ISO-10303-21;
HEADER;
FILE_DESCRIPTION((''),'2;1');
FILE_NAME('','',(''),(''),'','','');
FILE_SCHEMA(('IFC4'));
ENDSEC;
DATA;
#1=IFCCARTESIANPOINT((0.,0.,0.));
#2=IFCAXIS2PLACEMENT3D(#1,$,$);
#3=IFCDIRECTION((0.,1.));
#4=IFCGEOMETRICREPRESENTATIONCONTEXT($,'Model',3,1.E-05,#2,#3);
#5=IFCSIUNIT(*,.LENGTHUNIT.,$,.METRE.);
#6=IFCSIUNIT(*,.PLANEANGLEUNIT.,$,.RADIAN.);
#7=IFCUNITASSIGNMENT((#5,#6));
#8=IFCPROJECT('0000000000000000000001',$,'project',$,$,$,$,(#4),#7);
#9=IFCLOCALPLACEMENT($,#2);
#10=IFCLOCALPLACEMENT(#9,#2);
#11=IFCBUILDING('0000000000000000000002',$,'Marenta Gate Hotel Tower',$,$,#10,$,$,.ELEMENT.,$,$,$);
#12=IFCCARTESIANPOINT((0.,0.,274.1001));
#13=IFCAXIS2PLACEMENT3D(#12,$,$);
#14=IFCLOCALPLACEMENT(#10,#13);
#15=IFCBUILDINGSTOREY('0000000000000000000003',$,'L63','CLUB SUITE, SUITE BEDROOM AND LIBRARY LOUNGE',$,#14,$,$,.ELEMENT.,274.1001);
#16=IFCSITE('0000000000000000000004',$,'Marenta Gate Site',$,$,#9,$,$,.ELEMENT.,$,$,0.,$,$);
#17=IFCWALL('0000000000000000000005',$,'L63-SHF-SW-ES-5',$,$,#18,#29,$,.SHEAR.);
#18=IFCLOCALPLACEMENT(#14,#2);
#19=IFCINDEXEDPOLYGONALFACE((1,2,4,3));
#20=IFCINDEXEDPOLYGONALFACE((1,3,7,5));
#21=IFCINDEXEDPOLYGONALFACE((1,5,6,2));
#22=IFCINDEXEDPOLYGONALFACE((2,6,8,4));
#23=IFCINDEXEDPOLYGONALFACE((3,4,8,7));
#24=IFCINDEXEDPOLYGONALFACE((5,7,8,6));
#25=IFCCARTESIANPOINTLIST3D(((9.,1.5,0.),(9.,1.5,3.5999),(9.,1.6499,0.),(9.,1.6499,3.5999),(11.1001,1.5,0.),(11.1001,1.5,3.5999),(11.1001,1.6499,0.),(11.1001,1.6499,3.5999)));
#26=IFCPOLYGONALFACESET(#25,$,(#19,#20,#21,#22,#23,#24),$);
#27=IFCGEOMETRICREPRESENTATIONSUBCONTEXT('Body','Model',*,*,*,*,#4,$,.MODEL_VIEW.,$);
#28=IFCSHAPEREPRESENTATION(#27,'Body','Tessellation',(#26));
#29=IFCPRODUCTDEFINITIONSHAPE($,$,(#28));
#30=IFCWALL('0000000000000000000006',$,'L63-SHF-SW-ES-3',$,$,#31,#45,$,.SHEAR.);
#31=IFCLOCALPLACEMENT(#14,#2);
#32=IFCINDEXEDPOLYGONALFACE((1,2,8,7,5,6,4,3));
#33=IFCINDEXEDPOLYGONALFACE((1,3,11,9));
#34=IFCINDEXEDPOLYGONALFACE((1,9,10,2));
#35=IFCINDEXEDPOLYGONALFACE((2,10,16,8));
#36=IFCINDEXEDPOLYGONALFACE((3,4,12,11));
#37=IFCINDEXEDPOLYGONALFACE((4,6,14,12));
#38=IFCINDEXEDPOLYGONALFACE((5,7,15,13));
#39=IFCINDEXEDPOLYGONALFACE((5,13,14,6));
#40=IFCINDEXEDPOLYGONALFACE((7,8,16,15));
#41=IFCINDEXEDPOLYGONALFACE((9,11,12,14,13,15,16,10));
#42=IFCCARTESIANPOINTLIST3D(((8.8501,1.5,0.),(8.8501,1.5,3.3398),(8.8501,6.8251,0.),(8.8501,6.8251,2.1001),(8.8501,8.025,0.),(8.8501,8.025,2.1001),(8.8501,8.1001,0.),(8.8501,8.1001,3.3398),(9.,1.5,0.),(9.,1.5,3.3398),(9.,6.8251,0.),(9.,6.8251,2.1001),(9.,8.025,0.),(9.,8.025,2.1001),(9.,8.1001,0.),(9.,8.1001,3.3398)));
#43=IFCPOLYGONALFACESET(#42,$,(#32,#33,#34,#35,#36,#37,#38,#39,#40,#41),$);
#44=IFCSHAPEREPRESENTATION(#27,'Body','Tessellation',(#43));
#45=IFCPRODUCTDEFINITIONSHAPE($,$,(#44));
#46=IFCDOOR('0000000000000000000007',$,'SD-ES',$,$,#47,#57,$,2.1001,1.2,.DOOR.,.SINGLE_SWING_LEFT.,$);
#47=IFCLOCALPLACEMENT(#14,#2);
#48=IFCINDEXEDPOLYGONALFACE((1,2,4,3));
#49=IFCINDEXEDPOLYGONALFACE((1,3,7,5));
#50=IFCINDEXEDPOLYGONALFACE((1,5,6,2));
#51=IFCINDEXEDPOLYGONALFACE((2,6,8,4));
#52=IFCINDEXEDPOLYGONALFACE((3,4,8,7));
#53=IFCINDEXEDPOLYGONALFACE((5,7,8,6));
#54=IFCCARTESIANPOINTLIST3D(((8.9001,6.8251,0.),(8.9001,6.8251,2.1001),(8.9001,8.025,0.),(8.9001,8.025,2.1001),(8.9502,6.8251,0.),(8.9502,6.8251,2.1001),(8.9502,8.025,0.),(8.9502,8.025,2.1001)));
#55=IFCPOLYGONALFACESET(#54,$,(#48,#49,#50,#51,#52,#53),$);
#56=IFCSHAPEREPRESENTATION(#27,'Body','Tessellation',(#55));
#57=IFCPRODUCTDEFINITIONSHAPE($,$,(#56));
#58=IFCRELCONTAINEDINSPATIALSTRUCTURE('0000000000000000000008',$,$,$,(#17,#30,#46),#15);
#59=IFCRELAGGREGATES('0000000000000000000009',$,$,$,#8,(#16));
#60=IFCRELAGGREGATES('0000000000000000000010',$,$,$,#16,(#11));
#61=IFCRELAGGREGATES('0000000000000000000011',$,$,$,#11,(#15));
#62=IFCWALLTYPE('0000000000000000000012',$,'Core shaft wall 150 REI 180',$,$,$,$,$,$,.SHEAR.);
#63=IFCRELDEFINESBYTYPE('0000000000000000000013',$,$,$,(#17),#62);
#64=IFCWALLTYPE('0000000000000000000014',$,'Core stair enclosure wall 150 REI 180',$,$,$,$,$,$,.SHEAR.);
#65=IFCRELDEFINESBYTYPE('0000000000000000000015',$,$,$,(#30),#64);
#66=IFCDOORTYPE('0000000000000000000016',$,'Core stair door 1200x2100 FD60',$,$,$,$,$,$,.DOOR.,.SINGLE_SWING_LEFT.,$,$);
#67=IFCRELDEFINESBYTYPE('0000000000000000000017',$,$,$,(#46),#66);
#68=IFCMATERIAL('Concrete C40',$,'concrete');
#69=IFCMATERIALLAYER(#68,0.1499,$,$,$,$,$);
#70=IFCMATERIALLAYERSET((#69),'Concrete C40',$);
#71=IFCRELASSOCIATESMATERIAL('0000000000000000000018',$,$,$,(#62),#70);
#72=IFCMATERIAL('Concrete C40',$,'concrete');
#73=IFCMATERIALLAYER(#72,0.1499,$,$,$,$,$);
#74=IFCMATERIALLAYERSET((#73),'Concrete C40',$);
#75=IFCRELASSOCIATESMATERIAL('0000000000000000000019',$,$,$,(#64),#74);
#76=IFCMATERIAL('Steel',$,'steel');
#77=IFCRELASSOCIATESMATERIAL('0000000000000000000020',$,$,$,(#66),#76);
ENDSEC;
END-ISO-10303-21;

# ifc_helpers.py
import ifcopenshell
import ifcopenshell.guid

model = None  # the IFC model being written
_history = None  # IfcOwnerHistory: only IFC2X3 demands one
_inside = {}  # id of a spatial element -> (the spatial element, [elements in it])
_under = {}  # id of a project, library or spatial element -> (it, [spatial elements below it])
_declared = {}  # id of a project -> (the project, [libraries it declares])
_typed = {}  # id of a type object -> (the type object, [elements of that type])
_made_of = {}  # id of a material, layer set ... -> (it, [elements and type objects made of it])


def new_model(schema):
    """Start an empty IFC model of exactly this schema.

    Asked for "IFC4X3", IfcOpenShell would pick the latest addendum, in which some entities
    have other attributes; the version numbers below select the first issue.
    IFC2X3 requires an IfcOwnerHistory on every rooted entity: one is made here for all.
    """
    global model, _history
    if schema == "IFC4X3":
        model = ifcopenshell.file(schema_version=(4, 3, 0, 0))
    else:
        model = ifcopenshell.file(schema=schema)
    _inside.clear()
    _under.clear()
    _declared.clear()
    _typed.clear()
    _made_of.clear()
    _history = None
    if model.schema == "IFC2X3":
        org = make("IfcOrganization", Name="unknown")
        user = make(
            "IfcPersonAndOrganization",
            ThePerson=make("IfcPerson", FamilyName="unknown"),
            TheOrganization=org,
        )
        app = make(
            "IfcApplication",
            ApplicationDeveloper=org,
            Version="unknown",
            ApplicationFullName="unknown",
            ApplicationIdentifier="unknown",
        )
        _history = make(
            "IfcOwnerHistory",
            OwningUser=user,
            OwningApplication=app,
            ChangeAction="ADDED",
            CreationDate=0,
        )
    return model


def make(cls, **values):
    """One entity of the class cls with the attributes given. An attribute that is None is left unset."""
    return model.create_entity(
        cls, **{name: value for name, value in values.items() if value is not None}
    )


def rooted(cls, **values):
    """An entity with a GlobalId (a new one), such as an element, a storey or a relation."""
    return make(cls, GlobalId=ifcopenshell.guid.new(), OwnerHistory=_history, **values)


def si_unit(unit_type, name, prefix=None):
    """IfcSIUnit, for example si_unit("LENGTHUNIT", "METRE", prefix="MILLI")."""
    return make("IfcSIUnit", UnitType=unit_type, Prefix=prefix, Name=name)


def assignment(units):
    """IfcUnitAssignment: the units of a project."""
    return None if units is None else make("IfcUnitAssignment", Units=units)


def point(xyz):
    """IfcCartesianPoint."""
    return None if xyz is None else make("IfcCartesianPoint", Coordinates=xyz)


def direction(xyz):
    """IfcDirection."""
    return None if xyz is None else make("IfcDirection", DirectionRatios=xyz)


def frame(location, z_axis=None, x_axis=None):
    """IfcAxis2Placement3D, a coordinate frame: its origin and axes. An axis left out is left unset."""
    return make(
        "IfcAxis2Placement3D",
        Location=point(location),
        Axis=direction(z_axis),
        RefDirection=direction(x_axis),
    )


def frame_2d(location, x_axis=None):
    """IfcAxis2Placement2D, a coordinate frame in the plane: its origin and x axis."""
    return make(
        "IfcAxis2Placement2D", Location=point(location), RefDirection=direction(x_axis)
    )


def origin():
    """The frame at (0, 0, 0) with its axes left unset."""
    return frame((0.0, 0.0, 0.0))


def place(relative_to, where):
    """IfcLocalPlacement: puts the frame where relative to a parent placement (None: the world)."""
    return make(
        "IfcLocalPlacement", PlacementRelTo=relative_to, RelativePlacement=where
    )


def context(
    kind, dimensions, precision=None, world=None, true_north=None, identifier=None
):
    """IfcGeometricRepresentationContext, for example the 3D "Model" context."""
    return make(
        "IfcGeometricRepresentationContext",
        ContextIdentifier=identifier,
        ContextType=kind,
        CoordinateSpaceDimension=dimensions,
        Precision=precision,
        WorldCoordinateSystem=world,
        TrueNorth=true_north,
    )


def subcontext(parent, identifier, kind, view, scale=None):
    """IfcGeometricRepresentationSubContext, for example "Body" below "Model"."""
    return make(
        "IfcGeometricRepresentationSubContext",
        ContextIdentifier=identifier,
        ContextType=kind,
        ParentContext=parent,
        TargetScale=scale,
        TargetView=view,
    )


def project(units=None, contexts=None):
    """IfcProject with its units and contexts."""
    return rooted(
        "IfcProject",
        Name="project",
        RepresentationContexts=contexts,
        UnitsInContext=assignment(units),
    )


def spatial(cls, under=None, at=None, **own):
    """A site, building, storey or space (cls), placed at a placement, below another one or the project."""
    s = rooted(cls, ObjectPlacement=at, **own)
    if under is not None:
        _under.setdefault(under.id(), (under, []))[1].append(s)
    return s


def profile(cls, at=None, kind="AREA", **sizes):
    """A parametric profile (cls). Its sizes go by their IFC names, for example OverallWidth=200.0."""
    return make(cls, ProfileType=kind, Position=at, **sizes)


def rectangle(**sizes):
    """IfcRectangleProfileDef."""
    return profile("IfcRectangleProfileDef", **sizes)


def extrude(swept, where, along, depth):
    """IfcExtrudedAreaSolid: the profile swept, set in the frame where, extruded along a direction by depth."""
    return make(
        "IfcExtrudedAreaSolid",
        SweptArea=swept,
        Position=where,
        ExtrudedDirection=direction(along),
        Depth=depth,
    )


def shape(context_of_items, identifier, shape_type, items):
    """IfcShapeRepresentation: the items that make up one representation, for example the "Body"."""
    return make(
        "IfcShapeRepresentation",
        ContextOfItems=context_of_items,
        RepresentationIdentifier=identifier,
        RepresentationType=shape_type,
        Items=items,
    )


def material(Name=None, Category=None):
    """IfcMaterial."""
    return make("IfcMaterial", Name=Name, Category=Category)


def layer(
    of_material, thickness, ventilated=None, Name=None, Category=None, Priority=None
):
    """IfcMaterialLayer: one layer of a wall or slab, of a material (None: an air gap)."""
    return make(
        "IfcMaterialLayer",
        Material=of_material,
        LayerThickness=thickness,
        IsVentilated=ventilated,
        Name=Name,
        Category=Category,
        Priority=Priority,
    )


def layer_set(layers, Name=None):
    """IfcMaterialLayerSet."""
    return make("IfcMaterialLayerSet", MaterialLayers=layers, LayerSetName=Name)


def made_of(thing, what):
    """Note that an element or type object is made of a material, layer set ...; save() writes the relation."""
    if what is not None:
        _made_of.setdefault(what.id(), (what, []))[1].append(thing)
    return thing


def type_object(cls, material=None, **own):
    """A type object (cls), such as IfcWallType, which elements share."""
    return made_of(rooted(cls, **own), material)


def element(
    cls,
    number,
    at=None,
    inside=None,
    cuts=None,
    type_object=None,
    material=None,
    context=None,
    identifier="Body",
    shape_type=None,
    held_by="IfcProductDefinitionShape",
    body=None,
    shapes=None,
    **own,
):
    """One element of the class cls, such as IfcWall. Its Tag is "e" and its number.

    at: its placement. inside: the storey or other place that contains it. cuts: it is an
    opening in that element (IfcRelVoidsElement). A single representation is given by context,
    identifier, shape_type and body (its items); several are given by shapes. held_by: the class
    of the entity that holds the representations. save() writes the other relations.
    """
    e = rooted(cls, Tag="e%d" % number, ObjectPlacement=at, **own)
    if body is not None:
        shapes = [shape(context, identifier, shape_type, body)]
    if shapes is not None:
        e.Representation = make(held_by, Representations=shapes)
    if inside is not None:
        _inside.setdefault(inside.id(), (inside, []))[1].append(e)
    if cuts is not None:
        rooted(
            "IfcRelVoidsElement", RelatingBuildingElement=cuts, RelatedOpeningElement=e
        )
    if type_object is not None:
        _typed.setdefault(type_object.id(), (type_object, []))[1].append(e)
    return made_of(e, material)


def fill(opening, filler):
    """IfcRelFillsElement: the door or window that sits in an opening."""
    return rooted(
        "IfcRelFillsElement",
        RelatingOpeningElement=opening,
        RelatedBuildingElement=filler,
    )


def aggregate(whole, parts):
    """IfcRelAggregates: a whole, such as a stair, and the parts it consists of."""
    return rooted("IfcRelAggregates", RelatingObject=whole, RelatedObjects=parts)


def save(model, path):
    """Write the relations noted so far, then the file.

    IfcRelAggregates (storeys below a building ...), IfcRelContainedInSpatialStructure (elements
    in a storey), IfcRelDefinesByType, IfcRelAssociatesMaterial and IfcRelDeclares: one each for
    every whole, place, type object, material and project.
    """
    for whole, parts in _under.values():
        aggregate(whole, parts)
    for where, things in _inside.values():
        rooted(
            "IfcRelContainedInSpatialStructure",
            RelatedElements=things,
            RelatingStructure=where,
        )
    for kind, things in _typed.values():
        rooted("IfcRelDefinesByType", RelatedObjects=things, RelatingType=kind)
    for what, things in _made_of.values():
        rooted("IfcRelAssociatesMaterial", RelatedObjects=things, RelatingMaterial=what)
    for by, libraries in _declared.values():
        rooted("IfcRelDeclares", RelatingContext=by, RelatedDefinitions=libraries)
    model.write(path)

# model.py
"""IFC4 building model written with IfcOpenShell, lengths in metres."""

from ifc_helpers import new_model, si_unit, direction, frame, frame_2d, origin, place, context, subcontext, project, spatial, rectangle, extrude, material, layer, layer_set, type_object, element, fill, save


model = new_model("IFC4")

# Units and contexts
model_context = context("Model", 3, precision=1e-05, world=origin(), true_north=direction((0.0, 1.0)))
body_context = subcontext(model_context, "Body", "Model", "MODEL_VIEW")
ifc_project = project(units=[si_unit("LENGTHUNIT", "METRE"), si_unit("PLANEANGLEUNIT", "RADIAN")], contexts=[model_context])

# Site, building, storey
site_placement = place(None, origin())
site = spatial("IfcSite", under=ifc_project, at=site_placement, Name="Marenta Gate Site", CompositionType="ELEMENT", RefElevation=0.0)
building_placement = place(site_placement, origin())
building = spatial("IfcBuilding", under=site, at=building_placement, Name="Marenta Gate Hotel Tower", CompositionType="ELEMENT")
storey_placement = place(building_placement, frame((0.0, 0.0, 274.1001)))
storey = spatial("IfcBuildingStorey", under=building, at=storey_placement, Name="L63", Description="CLUB SUITE, SUITE BEDROOM AND LIBRARY LOUNGE", CompositionType="ELEMENT", Elevation=274.1001)

# Wall
ifc_material_1 = material(Name="Concrete C40", Category="concrete")
ifc_layer_1 = layer(ifc_material_1, 0.1499)
ifc_layer_set_1 = layer_set([ifc_layer_1], Name="Concrete C40")
wall_type_1 = type_object("IfcWallType", Name="Core shaft wall 150 REI 180", PredefinedType="SHEAR", material=ifc_layer_set_1)
for number, where, z_axis, x_axis, name in (
    (1, (9.0, 1.575, 0.0), (0.0, 0.0, 1.0), (1.0, 0.0, 0.0), "L63-SHF-SW-ES-5"),
):
    element("IfcWall", number, at=place(storey_placement, frame(where, z_axis=z_axis, x_axis=x_axis)), inside=storey, type_object=wall_type_1, Name=name, PredefinedType="SHEAR", context=body_context, shape_type="SweptSolid", body=[
        extrude(rectangle(XDim=2.1001, YDim=0.1499, at=frame_2d((1.05, 0.0))), origin(), (0.0, 0.0, 1.0), 3.5999),
    ])

# Wall, opening, door
ifc_material_2 = material(Name="Concrete C40", Category="concrete")
ifc_layer_2 = layer(ifc_material_2, 0.1499)
ifc_layer_set_2 = layer_set([ifc_layer_2], Name="Concrete C40")
wall_type_2 = type_object("IfcWallType", Name="Core stair enclosure wall 150 REI 180", PredefinedType="SHEAR", material=ifc_layer_set_2)
wall_1_placement = place(storey_placement, frame((8.925, 1.5, 0.0), z_axis=(0.0, 0.0, 1.0), x_axis=(0.0, 1.0, 0.0)))
wall_1 = element("IfcWall", 2, at=wall_1_placement, inside=storey, type_object=wall_type_2, Name="L63-SHF-SW-ES-3", PredefinedType="SHEAR", context=body_context, shape_type="SweptSolid", body=[
    extrude(rectangle(XDim=6.6001, YDim=0.1499, at=frame_2d((3.3, 0.0))), origin(), (0.0, 0.0, 1.0), 3.3398),
])
opening_1_placement = place(wall_1_placement, frame((5.325, 0.0, 0.0)))
opening_1 = element("IfcOpeningElement", 3, at=opening_1_placement, cuts=wall_1, PredefinedType="OPENING", context=body_context, shape_type="SweptSolid", body=[
    extrude(rectangle(XDim=1.2, YDim=2.1001, at=frame_2d((0.6001, 1.05))), frame((0.0, 0.075, 0.0), z_axis=(0.0, -1.0, 0.0), x_axis=(1.0, 0.0, 0.0)), (0.0, 0.0, 1.0), 0.1499),
])
ifc_material_3 = material(Name="Steel", Category="steel")
door_type_1 = type_object("IfcDoorType", Name="Core stair door 1200x2100 FD60", OperationType="SINGLE_SWING_LEFT", PredefinedType="DOOR", material=ifc_material_3)
door_1_placement = place(opening_1_placement, origin())
door_1 = element("IfcDoor", 4, at=door_1_placement, inside=storey, type_object=door_type_1, Name="SD-ES", OperationType="SINGLE_SWING_LEFT", OverallHeight=2.1001, OverallWidth=1.2, PredefinedType="DOOR", context=body_context, shape_type="SweptSolid", body=[
    extrude(rectangle(XDim=1.2, YDim=2.1001, at=frame_2d((0.6001, 1.05))), frame((0.0, 0.0249, 0.0), z_axis=(0.0, -1.0, 0.0), x_axis=(1.0, 0.0, 0.0)), (0.0, 0.0, 1.0), 0.05),
])
fill(opening_1, door_1)

save(model, "model.ifc")
